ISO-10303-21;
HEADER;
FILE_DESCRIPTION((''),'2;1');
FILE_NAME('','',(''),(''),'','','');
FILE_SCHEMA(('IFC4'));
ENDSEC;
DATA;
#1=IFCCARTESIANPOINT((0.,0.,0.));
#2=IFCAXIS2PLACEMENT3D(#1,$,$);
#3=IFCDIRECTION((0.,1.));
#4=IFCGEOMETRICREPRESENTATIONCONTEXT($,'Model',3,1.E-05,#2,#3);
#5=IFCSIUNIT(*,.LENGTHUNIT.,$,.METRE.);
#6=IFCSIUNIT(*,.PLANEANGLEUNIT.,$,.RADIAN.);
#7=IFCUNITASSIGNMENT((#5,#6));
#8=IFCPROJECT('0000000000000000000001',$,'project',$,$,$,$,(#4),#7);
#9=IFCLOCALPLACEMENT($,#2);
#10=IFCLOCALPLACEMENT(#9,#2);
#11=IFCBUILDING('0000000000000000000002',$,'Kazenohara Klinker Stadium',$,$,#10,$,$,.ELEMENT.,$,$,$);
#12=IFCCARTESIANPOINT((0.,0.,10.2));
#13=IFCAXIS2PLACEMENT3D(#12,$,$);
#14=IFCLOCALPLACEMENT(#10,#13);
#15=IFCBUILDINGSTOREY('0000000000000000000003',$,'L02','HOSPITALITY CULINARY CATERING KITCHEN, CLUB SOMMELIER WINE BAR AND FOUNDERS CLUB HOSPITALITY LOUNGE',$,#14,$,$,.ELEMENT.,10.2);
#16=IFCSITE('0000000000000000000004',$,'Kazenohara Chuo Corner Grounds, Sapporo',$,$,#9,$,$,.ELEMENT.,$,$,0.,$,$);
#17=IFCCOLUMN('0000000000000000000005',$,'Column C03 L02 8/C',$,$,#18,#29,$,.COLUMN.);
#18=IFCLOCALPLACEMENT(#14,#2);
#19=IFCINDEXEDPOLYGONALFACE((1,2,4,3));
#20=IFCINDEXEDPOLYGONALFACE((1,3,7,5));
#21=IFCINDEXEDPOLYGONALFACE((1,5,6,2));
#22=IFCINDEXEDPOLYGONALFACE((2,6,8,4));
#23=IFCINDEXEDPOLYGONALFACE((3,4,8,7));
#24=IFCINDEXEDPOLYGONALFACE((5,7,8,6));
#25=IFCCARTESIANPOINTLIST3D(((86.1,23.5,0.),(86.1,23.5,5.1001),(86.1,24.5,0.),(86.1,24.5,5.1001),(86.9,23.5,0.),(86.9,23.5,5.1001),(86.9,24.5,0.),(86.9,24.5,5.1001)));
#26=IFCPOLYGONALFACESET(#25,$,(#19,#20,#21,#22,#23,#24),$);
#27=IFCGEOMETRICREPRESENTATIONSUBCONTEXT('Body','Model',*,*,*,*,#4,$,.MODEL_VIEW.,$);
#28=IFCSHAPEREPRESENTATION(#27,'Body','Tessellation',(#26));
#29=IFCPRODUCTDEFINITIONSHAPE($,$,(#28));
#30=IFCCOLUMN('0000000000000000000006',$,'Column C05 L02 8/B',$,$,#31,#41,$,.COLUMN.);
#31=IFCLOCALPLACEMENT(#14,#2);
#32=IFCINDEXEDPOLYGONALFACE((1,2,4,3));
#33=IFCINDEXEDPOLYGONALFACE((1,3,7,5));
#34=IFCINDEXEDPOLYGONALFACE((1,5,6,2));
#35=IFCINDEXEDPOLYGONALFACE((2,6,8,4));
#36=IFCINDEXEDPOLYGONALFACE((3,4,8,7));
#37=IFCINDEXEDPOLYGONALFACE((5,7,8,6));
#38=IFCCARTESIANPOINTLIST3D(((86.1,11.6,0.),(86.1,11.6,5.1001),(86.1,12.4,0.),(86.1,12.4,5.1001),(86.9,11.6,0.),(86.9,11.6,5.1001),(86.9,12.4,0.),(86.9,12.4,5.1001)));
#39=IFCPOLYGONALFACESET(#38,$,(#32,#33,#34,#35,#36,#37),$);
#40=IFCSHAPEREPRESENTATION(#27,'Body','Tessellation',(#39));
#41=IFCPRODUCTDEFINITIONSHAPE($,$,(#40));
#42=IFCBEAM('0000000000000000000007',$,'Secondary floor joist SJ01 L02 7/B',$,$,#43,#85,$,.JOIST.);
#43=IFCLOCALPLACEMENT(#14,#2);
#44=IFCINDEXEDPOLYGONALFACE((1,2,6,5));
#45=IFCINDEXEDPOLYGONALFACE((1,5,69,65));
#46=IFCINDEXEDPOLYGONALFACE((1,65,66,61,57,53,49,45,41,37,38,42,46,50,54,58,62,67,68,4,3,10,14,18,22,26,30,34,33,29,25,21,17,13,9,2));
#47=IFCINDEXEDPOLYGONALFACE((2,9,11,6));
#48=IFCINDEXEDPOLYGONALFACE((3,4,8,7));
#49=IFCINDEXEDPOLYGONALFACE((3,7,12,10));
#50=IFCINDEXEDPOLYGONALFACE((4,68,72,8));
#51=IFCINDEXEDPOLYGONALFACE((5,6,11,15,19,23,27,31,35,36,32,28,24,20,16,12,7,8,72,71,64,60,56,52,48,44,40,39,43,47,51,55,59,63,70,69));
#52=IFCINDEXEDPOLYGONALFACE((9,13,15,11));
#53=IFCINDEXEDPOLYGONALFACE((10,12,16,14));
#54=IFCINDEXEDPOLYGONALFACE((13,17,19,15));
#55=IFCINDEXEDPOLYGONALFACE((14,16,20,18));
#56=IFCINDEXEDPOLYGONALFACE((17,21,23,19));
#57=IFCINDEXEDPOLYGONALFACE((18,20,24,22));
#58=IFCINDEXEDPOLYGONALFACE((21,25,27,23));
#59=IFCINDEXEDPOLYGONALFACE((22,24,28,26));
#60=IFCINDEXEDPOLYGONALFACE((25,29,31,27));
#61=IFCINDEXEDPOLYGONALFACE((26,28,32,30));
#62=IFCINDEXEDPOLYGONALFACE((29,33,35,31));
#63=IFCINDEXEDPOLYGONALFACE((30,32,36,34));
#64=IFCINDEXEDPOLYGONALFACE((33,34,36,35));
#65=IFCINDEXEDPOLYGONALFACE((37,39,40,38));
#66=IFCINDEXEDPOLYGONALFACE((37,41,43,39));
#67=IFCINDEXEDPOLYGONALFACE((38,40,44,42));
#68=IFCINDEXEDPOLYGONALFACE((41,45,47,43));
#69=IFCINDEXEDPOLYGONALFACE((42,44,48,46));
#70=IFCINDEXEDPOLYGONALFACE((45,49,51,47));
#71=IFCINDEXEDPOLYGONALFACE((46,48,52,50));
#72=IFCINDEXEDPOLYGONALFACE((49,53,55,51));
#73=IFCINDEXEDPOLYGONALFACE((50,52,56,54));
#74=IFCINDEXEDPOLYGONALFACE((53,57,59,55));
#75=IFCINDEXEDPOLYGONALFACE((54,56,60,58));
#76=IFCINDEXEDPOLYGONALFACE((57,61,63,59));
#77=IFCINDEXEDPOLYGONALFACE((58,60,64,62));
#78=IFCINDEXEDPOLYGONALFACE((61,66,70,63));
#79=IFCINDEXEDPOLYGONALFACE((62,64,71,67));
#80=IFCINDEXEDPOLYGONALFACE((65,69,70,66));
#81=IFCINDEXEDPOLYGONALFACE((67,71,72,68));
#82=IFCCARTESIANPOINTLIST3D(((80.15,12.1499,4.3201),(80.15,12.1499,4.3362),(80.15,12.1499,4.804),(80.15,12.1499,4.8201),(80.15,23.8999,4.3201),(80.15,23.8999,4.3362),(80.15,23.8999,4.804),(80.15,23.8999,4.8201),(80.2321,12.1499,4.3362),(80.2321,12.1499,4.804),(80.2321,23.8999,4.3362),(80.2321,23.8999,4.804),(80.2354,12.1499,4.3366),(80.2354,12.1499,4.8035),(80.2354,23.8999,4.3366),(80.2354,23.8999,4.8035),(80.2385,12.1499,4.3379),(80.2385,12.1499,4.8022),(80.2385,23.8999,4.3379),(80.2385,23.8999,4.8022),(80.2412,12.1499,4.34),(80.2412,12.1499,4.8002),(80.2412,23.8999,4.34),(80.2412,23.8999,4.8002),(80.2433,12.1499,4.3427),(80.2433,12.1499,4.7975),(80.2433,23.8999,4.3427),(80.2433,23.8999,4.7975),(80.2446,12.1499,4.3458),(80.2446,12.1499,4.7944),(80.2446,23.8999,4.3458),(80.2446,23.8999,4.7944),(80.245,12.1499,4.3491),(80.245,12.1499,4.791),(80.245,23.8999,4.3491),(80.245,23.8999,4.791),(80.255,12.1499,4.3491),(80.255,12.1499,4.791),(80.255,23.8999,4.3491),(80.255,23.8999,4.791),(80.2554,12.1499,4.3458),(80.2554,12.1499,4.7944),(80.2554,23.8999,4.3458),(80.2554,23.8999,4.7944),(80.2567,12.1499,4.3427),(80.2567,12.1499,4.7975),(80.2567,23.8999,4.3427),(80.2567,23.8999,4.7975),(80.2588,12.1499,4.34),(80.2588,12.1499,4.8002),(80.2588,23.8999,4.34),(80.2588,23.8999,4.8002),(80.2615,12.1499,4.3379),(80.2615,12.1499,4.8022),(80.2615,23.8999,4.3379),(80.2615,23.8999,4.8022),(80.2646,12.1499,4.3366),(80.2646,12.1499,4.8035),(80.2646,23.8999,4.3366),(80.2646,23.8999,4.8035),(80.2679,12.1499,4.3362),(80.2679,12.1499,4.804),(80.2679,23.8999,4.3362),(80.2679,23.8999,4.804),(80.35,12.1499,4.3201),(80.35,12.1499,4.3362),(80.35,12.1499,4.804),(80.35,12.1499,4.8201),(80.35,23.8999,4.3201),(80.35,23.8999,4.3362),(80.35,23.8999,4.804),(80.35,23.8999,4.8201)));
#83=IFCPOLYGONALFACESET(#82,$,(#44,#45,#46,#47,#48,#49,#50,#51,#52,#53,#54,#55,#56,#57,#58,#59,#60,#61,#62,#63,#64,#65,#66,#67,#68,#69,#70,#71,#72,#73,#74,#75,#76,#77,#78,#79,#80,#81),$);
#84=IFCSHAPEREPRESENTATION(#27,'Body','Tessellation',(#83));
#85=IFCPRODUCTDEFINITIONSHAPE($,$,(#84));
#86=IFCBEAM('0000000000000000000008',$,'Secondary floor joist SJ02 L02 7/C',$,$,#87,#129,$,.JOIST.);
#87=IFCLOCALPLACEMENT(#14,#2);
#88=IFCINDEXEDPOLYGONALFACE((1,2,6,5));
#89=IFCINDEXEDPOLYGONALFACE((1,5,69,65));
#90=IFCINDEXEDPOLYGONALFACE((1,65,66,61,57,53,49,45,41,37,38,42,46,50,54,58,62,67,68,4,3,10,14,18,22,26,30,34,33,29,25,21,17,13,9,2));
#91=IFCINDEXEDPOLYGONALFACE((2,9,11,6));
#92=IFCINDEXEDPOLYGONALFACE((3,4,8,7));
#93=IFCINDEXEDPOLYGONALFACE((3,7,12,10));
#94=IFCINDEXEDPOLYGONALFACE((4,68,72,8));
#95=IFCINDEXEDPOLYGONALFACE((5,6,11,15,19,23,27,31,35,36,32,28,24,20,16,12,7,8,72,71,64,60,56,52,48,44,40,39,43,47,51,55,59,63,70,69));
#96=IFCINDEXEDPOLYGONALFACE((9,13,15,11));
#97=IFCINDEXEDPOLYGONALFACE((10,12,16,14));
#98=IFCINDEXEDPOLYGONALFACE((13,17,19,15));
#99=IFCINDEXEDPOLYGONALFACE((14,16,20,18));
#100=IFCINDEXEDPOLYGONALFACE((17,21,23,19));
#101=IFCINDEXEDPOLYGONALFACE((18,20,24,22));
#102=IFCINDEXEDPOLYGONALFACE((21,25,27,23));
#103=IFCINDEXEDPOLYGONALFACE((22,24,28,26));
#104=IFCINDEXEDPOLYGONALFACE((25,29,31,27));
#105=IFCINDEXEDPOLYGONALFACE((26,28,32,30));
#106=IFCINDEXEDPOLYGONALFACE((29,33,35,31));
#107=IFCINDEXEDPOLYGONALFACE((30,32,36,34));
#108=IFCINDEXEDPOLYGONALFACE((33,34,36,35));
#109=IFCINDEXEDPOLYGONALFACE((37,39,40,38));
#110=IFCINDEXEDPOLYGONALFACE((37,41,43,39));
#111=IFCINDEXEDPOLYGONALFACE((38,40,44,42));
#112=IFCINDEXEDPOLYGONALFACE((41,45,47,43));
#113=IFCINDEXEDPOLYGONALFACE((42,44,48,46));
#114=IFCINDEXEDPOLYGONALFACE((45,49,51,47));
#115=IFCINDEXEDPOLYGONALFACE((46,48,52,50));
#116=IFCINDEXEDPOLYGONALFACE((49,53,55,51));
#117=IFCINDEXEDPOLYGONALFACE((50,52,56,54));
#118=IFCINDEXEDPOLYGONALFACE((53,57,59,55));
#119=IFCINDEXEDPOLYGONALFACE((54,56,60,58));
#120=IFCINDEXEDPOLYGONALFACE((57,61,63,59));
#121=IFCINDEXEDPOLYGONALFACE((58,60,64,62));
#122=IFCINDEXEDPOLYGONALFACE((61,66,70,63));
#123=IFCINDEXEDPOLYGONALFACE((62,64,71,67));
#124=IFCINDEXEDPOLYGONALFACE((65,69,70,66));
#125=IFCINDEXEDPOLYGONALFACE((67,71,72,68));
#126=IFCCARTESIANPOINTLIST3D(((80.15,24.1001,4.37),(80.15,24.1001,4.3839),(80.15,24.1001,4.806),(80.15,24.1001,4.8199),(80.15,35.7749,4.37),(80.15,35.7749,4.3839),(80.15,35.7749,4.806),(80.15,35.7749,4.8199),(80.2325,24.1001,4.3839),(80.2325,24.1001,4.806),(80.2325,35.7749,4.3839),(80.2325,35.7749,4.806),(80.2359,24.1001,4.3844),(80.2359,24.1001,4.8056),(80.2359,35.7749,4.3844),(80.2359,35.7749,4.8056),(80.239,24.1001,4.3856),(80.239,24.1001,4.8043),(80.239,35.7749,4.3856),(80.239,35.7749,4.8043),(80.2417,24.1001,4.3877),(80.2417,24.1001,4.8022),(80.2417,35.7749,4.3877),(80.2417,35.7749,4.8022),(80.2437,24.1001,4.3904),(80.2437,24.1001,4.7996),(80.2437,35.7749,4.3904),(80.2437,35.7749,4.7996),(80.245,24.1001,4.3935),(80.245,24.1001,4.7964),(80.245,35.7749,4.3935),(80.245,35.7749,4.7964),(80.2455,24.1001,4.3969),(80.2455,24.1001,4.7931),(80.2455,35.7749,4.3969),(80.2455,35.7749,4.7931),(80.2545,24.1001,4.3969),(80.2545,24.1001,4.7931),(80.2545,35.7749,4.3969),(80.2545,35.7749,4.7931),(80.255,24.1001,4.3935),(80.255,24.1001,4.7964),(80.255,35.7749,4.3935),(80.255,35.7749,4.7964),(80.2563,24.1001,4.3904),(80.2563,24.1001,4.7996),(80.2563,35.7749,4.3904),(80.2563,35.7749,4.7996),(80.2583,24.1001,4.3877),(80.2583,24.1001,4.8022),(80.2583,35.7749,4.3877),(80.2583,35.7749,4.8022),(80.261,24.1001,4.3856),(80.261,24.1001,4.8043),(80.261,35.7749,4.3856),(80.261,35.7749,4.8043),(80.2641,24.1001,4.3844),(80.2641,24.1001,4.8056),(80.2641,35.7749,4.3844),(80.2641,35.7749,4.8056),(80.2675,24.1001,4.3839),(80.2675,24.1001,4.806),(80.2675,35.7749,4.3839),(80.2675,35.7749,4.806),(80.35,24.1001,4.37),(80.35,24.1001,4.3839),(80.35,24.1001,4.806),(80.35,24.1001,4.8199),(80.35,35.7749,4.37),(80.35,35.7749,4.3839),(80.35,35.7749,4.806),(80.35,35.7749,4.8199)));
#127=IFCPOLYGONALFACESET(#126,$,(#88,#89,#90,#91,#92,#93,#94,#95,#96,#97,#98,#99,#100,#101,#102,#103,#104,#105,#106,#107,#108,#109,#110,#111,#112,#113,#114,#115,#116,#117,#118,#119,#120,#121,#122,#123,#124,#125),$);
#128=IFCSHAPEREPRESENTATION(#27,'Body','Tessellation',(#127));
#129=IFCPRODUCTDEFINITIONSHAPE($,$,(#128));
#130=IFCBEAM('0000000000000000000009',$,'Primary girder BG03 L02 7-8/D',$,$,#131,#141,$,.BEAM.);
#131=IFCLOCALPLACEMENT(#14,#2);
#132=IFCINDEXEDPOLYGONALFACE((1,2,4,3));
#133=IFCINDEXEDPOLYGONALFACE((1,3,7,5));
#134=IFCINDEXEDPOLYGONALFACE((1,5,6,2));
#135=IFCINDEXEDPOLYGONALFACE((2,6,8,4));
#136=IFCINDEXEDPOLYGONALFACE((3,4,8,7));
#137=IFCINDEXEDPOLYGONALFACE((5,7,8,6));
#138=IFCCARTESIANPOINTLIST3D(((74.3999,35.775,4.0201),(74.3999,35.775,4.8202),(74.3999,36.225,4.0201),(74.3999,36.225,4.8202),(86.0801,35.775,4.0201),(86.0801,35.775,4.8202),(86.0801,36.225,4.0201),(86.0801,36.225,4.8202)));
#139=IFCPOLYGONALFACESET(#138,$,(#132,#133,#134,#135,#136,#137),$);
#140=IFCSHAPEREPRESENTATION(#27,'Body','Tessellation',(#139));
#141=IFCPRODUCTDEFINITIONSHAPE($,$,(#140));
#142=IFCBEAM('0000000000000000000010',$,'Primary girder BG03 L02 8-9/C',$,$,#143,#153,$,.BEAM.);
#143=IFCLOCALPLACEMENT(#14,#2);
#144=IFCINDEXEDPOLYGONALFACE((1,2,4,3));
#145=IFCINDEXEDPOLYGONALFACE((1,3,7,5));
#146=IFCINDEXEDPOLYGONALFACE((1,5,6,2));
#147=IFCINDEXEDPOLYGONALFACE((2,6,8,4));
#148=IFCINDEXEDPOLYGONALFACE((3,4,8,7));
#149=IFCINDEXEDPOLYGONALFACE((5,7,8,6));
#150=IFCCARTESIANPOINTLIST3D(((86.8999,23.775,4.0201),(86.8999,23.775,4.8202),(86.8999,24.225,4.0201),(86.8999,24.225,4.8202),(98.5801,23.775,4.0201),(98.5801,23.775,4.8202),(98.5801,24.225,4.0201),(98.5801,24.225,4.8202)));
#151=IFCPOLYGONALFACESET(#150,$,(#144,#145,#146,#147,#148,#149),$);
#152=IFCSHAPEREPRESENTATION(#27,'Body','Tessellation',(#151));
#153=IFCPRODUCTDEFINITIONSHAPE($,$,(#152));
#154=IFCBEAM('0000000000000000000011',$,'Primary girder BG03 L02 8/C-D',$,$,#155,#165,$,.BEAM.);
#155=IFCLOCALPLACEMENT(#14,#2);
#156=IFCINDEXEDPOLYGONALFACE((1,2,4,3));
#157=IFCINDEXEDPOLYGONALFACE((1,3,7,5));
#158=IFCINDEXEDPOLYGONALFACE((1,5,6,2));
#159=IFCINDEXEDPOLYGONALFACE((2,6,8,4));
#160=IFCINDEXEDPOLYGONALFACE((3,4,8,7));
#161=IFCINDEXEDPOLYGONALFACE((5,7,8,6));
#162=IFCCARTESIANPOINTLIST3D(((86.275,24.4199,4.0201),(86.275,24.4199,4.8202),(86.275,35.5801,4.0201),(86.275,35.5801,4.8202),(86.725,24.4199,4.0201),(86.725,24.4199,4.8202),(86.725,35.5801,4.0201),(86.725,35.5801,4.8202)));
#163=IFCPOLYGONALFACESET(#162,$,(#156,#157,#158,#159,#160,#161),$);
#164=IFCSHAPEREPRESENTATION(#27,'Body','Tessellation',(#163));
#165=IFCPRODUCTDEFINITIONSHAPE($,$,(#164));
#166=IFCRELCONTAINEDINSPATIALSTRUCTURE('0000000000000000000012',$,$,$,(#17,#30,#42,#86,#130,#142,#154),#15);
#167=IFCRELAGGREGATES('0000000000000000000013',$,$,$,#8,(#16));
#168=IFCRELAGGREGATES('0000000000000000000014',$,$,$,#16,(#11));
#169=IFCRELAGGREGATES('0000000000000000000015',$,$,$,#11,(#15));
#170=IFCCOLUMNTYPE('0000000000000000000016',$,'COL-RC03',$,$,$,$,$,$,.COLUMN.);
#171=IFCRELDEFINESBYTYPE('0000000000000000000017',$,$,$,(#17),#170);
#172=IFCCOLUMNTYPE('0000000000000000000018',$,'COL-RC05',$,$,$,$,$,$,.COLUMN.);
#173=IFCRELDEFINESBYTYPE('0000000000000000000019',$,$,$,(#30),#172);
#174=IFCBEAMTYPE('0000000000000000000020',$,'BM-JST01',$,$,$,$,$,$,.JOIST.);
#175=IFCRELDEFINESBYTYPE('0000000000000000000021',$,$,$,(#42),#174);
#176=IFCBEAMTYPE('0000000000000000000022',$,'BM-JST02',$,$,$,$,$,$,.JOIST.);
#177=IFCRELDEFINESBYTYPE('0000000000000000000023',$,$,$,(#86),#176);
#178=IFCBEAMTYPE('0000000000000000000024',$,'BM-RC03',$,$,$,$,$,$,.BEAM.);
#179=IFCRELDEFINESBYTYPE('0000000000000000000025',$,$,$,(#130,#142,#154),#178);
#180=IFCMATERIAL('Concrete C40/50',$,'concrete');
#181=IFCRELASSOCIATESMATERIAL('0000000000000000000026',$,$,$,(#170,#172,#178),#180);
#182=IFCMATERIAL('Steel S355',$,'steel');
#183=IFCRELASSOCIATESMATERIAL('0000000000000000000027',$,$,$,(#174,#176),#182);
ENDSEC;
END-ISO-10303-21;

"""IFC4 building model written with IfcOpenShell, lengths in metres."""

from ifc_helpers import new_model, si_unit, direction, frame, origin, origin_2d, place, context, subcontext, project, spatial, rectangle, i_section, extrude, material, material_profile, profile_set, type_object, element, save


model = new_model("IFC4")

# Units and contexts
model_context = context("Model", 3, precision=1e-05, world=origin(), true_north=direction((0.0, 1.0)))
body_context = subcontext(model_context, "Body", "Model", "MODEL_VIEW")
ifc_project = project(units=[si_unit("LENGTHUNIT", "METRE"), si_unit("PLANEANGLEUNIT", "RADIAN")], contexts=[model_context])

# Site, building, storey
site_placement = place(None, origin())
site = spatial("IfcSite", under=ifc_project, at=site_placement, Name="Kazenohara Chuo Corner Grounds, Sapporo", CompositionType="ELEMENT", RefElevation=0.0)
building_placement = place(site_placement, origin())
building = spatial("IfcBuilding", under=site, at=building_placement, Name="Kazenohara Klinker Stadium", CompositionType="ELEMENT")
storey_placement = place(building_placement, frame((0.0, 0.0, 10.2)))
storey = spatial("IfcBuildingStorey", under=building, at=storey_placement, Name="L02", Description="HOSPITALITY CULINARY CATERING KITCHEN, CLUB SOMMELIER WINE BAR AND FOUNDERS CLUB HOSPITALITY LOUNGE", CompositionType="ELEMENT", Elevation=10.2)

# Columns
ifc_material_1 = material(Name="Concrete C40/50", Category="concrete")
ifc_material_profile_1 = material_profile(ifc_material_1, rectangle(XDim=0.8, YDim=1.0, at=origin_2d()), Name="RC-COL-1000x800")
ifc_profile_set_1 = profile_set([ifc_material_profile_1], Name="Concrete C40/50")
column_type_1 = type_object("IfcColumnType", Name="COL-RC03", PredefinedType="COLUMN", material=ifc_profile_set_1)
column_1_placement = place(storey_placement, frame((86.5, 24.0, 0.0), z_axis=(0.0, 0.0, 1.0), x_axis=(1.0, 0.0, 0.0)))
element("IfcColumn", 1, at=column_1_placement, inside=storey, type_object=column_type_1, Name="Column C03 L02 8/C", PredefinedType="COLUMN", context=body_context, shape_type="SweptSolid", body=[
    extrude(rectangle(XDim=0.8, YDim=1.0, at=origin_2d()), origin(), (0.0, 0.0, 1.0), 5.1001),
])
ifc_material_profile_2 = material_profile(ifc_material_1, rectangle(XDim=0.8, YDim=0.8, at=origin_2d()), Name="RC-COL-800x800")
ifc_profile_set_2 = profile_set([ifc_material_profile_2], Name="Concrete C40/50")
column_type_2 = type_object("IfcColumnType", Name="COL-RC05", PredefinedType="COLUMN", material=ifc_profile_set_2)
column_2_placement = place(storey_placement, frame((86.5, 12.0, 0.0), z_axis=(0.0, 0.0, 1.0), x_axis=(1.0, 0.0, 0.0)))
element("IfcColumn", 2, at=column_2_placement, inside=storey, type_object=column_type_2, Name="Column C05 L02 8/B", PredefinedType="COLUMN", context=body_context, shape_type="SweptSolid", body=[
    extrude(rectangle(XDim=0.8, YDim=0.8, at=origin_2d()), origin(), (0.0, 0.0, 1.0), 5.1001),
])

# Beams
ifc_material_2 = material(Name="Steel S355", Category="steel")
ifc_material_profile_3 = material_profile(ifc_material_2, i_section(OverallWidth=0.2, OverallDepth=0.5, WebThickness=0.01, FlangeThickness=0.0161, FilletRadius=0.0129, at=origin_2d()), Name="H-500x200x10x16")
ifc_profile_set_3 = profile_set([ifc_material_profile_3], Name="Steel S355")
beam_type_1 = type_object("IfcBeamType", Name="BM-JST01", PredefinedType="JOIST", material=ifc_profile_set_3)
beam_1_placement = place(storey_placement, frame((80.25, 12.1499, 4.5701), z_axis=(0.0, 1.0, 0.0), x_axis=(-1.0, 0.0, 0.0)))
element("IfcBeam", 3, at=beam_1_placement, inside=storey, type_object=beam_type_1, Name="Secondary floor joist SJ01 L02 7/B", PredefinedType="JOIST", context=body_context, shape_type="SweptSolid", body=[
    extrude(i_section(OverallWidth=0.2, OverallDepth=0.5, WebThickness=0.01, FlangeThickness=0.0161, FilletRadius=0.0129, at=origin_2d()), origin(), (0.0, 0.0, 1.0), 11.75),
])
ifc_material_profile_4 = material_profile(ifc_material_2, i_section(OverallWidth=0.2, OverallDepth=0.45, WebThickness=0.009, FlangeThickness=0.0139, FilletRadius=0.0129, at=origin_2d()), Name="H-450x200x9x14")
ifc_profile_set_4 = profile_set([ifc_material_profile_4], Name="Steel S355")
beam_type_2 = type_object("IfcBeamType", Name="BM-JST02", PredefinedType="JOIST", material=ifc_profile_set_4)
beam_2_placement = place(storey_placement, frame((80.25, 24.1001, 4.595), z_axis=(0.0, 1.0, 0.0), x_axis=(-1.0, 0.0, 0.0)))
element("IfcBeam", 4, at=beam_2_placement, inside=storey, type_object=beam_type_2, Name="Secondary floor joist SJ02 L02 7/C", PredefinedType="JOIST", context=body_context, shape_type="SweptSolid", body=[
    extrude(i_section(OverallWidth=0.2, OverallDepth=0.45, WebThickness=0.009, FlangeThickness=0.0139, FilletRadius=0.0129, at=origin_2d()), origin(), (0.0, 0.0, 1.0), 11.6748),
])
ifc_material_profile_5 = material_profile(ifc_material_1, rectangle(XDim=0.45, YDim=0.8, at=origin_2d()), Name="RC-BM-450x800")
ifc_profile_set_5 = profile_set([ifc_material_profile_5], Name="Concrete C40/50")
beam_type_3 = type_object("IfcBeamType", Name="BM-RC03", PredefinedType="BEAM", material=ifc_profile_set_5)
for number, where, z_axis, x_axis, name in (
    (5, (74.3999, 36.0, 4.4202), (1.0, 0.0, 0.0), (0.0, 1.0, 0.0), "Primary girder BG03 L02 7-8/D"),
    (6, (86.8999, 24.0, 4.4202), (1.0, 0.0, 0.0), (0.0, 1.0, 0.0), "Primary girder BG03 L02 8-9/C"),
):
    element("IfcBeam", number, at=place(storey_placement, frame(where, z_axis=z_axis, x_axis=x_axis)), inside=storey, type_object=beam_type_3, Name=name, PredefinedType="BEAM", context=body_context, shape_type="SweptSolid", body=[
        extrude(rectangle(XDim=0.45, YDim=0.8, at=origin_2d()), origin(), (0.0, 0.0, 1.0), 11.6802),
    ])
beam_3_placement = place(storey_placement, frame((86.5, 24.4199, 4.4202), z_axis=(0.0, 1.0, 0.0), x_axis=(-1.0, 0.0, 0.0)))
element("IfcBeam", 7, at=beam_3_placement, inside=storey, type_object=beam_type_3, Name="Primary girder BG03 L02 8/C-D", PredefinedType="BEAM", context=body_context, shape_type="SweptSolid", body=[
    extrude(rectangle(XDim=0.45, YDim=0.8, at=origin_2d()), origin(), (0.0, 0.0, 1.0), 11.1602),
])

save(model, "model.ifc")
